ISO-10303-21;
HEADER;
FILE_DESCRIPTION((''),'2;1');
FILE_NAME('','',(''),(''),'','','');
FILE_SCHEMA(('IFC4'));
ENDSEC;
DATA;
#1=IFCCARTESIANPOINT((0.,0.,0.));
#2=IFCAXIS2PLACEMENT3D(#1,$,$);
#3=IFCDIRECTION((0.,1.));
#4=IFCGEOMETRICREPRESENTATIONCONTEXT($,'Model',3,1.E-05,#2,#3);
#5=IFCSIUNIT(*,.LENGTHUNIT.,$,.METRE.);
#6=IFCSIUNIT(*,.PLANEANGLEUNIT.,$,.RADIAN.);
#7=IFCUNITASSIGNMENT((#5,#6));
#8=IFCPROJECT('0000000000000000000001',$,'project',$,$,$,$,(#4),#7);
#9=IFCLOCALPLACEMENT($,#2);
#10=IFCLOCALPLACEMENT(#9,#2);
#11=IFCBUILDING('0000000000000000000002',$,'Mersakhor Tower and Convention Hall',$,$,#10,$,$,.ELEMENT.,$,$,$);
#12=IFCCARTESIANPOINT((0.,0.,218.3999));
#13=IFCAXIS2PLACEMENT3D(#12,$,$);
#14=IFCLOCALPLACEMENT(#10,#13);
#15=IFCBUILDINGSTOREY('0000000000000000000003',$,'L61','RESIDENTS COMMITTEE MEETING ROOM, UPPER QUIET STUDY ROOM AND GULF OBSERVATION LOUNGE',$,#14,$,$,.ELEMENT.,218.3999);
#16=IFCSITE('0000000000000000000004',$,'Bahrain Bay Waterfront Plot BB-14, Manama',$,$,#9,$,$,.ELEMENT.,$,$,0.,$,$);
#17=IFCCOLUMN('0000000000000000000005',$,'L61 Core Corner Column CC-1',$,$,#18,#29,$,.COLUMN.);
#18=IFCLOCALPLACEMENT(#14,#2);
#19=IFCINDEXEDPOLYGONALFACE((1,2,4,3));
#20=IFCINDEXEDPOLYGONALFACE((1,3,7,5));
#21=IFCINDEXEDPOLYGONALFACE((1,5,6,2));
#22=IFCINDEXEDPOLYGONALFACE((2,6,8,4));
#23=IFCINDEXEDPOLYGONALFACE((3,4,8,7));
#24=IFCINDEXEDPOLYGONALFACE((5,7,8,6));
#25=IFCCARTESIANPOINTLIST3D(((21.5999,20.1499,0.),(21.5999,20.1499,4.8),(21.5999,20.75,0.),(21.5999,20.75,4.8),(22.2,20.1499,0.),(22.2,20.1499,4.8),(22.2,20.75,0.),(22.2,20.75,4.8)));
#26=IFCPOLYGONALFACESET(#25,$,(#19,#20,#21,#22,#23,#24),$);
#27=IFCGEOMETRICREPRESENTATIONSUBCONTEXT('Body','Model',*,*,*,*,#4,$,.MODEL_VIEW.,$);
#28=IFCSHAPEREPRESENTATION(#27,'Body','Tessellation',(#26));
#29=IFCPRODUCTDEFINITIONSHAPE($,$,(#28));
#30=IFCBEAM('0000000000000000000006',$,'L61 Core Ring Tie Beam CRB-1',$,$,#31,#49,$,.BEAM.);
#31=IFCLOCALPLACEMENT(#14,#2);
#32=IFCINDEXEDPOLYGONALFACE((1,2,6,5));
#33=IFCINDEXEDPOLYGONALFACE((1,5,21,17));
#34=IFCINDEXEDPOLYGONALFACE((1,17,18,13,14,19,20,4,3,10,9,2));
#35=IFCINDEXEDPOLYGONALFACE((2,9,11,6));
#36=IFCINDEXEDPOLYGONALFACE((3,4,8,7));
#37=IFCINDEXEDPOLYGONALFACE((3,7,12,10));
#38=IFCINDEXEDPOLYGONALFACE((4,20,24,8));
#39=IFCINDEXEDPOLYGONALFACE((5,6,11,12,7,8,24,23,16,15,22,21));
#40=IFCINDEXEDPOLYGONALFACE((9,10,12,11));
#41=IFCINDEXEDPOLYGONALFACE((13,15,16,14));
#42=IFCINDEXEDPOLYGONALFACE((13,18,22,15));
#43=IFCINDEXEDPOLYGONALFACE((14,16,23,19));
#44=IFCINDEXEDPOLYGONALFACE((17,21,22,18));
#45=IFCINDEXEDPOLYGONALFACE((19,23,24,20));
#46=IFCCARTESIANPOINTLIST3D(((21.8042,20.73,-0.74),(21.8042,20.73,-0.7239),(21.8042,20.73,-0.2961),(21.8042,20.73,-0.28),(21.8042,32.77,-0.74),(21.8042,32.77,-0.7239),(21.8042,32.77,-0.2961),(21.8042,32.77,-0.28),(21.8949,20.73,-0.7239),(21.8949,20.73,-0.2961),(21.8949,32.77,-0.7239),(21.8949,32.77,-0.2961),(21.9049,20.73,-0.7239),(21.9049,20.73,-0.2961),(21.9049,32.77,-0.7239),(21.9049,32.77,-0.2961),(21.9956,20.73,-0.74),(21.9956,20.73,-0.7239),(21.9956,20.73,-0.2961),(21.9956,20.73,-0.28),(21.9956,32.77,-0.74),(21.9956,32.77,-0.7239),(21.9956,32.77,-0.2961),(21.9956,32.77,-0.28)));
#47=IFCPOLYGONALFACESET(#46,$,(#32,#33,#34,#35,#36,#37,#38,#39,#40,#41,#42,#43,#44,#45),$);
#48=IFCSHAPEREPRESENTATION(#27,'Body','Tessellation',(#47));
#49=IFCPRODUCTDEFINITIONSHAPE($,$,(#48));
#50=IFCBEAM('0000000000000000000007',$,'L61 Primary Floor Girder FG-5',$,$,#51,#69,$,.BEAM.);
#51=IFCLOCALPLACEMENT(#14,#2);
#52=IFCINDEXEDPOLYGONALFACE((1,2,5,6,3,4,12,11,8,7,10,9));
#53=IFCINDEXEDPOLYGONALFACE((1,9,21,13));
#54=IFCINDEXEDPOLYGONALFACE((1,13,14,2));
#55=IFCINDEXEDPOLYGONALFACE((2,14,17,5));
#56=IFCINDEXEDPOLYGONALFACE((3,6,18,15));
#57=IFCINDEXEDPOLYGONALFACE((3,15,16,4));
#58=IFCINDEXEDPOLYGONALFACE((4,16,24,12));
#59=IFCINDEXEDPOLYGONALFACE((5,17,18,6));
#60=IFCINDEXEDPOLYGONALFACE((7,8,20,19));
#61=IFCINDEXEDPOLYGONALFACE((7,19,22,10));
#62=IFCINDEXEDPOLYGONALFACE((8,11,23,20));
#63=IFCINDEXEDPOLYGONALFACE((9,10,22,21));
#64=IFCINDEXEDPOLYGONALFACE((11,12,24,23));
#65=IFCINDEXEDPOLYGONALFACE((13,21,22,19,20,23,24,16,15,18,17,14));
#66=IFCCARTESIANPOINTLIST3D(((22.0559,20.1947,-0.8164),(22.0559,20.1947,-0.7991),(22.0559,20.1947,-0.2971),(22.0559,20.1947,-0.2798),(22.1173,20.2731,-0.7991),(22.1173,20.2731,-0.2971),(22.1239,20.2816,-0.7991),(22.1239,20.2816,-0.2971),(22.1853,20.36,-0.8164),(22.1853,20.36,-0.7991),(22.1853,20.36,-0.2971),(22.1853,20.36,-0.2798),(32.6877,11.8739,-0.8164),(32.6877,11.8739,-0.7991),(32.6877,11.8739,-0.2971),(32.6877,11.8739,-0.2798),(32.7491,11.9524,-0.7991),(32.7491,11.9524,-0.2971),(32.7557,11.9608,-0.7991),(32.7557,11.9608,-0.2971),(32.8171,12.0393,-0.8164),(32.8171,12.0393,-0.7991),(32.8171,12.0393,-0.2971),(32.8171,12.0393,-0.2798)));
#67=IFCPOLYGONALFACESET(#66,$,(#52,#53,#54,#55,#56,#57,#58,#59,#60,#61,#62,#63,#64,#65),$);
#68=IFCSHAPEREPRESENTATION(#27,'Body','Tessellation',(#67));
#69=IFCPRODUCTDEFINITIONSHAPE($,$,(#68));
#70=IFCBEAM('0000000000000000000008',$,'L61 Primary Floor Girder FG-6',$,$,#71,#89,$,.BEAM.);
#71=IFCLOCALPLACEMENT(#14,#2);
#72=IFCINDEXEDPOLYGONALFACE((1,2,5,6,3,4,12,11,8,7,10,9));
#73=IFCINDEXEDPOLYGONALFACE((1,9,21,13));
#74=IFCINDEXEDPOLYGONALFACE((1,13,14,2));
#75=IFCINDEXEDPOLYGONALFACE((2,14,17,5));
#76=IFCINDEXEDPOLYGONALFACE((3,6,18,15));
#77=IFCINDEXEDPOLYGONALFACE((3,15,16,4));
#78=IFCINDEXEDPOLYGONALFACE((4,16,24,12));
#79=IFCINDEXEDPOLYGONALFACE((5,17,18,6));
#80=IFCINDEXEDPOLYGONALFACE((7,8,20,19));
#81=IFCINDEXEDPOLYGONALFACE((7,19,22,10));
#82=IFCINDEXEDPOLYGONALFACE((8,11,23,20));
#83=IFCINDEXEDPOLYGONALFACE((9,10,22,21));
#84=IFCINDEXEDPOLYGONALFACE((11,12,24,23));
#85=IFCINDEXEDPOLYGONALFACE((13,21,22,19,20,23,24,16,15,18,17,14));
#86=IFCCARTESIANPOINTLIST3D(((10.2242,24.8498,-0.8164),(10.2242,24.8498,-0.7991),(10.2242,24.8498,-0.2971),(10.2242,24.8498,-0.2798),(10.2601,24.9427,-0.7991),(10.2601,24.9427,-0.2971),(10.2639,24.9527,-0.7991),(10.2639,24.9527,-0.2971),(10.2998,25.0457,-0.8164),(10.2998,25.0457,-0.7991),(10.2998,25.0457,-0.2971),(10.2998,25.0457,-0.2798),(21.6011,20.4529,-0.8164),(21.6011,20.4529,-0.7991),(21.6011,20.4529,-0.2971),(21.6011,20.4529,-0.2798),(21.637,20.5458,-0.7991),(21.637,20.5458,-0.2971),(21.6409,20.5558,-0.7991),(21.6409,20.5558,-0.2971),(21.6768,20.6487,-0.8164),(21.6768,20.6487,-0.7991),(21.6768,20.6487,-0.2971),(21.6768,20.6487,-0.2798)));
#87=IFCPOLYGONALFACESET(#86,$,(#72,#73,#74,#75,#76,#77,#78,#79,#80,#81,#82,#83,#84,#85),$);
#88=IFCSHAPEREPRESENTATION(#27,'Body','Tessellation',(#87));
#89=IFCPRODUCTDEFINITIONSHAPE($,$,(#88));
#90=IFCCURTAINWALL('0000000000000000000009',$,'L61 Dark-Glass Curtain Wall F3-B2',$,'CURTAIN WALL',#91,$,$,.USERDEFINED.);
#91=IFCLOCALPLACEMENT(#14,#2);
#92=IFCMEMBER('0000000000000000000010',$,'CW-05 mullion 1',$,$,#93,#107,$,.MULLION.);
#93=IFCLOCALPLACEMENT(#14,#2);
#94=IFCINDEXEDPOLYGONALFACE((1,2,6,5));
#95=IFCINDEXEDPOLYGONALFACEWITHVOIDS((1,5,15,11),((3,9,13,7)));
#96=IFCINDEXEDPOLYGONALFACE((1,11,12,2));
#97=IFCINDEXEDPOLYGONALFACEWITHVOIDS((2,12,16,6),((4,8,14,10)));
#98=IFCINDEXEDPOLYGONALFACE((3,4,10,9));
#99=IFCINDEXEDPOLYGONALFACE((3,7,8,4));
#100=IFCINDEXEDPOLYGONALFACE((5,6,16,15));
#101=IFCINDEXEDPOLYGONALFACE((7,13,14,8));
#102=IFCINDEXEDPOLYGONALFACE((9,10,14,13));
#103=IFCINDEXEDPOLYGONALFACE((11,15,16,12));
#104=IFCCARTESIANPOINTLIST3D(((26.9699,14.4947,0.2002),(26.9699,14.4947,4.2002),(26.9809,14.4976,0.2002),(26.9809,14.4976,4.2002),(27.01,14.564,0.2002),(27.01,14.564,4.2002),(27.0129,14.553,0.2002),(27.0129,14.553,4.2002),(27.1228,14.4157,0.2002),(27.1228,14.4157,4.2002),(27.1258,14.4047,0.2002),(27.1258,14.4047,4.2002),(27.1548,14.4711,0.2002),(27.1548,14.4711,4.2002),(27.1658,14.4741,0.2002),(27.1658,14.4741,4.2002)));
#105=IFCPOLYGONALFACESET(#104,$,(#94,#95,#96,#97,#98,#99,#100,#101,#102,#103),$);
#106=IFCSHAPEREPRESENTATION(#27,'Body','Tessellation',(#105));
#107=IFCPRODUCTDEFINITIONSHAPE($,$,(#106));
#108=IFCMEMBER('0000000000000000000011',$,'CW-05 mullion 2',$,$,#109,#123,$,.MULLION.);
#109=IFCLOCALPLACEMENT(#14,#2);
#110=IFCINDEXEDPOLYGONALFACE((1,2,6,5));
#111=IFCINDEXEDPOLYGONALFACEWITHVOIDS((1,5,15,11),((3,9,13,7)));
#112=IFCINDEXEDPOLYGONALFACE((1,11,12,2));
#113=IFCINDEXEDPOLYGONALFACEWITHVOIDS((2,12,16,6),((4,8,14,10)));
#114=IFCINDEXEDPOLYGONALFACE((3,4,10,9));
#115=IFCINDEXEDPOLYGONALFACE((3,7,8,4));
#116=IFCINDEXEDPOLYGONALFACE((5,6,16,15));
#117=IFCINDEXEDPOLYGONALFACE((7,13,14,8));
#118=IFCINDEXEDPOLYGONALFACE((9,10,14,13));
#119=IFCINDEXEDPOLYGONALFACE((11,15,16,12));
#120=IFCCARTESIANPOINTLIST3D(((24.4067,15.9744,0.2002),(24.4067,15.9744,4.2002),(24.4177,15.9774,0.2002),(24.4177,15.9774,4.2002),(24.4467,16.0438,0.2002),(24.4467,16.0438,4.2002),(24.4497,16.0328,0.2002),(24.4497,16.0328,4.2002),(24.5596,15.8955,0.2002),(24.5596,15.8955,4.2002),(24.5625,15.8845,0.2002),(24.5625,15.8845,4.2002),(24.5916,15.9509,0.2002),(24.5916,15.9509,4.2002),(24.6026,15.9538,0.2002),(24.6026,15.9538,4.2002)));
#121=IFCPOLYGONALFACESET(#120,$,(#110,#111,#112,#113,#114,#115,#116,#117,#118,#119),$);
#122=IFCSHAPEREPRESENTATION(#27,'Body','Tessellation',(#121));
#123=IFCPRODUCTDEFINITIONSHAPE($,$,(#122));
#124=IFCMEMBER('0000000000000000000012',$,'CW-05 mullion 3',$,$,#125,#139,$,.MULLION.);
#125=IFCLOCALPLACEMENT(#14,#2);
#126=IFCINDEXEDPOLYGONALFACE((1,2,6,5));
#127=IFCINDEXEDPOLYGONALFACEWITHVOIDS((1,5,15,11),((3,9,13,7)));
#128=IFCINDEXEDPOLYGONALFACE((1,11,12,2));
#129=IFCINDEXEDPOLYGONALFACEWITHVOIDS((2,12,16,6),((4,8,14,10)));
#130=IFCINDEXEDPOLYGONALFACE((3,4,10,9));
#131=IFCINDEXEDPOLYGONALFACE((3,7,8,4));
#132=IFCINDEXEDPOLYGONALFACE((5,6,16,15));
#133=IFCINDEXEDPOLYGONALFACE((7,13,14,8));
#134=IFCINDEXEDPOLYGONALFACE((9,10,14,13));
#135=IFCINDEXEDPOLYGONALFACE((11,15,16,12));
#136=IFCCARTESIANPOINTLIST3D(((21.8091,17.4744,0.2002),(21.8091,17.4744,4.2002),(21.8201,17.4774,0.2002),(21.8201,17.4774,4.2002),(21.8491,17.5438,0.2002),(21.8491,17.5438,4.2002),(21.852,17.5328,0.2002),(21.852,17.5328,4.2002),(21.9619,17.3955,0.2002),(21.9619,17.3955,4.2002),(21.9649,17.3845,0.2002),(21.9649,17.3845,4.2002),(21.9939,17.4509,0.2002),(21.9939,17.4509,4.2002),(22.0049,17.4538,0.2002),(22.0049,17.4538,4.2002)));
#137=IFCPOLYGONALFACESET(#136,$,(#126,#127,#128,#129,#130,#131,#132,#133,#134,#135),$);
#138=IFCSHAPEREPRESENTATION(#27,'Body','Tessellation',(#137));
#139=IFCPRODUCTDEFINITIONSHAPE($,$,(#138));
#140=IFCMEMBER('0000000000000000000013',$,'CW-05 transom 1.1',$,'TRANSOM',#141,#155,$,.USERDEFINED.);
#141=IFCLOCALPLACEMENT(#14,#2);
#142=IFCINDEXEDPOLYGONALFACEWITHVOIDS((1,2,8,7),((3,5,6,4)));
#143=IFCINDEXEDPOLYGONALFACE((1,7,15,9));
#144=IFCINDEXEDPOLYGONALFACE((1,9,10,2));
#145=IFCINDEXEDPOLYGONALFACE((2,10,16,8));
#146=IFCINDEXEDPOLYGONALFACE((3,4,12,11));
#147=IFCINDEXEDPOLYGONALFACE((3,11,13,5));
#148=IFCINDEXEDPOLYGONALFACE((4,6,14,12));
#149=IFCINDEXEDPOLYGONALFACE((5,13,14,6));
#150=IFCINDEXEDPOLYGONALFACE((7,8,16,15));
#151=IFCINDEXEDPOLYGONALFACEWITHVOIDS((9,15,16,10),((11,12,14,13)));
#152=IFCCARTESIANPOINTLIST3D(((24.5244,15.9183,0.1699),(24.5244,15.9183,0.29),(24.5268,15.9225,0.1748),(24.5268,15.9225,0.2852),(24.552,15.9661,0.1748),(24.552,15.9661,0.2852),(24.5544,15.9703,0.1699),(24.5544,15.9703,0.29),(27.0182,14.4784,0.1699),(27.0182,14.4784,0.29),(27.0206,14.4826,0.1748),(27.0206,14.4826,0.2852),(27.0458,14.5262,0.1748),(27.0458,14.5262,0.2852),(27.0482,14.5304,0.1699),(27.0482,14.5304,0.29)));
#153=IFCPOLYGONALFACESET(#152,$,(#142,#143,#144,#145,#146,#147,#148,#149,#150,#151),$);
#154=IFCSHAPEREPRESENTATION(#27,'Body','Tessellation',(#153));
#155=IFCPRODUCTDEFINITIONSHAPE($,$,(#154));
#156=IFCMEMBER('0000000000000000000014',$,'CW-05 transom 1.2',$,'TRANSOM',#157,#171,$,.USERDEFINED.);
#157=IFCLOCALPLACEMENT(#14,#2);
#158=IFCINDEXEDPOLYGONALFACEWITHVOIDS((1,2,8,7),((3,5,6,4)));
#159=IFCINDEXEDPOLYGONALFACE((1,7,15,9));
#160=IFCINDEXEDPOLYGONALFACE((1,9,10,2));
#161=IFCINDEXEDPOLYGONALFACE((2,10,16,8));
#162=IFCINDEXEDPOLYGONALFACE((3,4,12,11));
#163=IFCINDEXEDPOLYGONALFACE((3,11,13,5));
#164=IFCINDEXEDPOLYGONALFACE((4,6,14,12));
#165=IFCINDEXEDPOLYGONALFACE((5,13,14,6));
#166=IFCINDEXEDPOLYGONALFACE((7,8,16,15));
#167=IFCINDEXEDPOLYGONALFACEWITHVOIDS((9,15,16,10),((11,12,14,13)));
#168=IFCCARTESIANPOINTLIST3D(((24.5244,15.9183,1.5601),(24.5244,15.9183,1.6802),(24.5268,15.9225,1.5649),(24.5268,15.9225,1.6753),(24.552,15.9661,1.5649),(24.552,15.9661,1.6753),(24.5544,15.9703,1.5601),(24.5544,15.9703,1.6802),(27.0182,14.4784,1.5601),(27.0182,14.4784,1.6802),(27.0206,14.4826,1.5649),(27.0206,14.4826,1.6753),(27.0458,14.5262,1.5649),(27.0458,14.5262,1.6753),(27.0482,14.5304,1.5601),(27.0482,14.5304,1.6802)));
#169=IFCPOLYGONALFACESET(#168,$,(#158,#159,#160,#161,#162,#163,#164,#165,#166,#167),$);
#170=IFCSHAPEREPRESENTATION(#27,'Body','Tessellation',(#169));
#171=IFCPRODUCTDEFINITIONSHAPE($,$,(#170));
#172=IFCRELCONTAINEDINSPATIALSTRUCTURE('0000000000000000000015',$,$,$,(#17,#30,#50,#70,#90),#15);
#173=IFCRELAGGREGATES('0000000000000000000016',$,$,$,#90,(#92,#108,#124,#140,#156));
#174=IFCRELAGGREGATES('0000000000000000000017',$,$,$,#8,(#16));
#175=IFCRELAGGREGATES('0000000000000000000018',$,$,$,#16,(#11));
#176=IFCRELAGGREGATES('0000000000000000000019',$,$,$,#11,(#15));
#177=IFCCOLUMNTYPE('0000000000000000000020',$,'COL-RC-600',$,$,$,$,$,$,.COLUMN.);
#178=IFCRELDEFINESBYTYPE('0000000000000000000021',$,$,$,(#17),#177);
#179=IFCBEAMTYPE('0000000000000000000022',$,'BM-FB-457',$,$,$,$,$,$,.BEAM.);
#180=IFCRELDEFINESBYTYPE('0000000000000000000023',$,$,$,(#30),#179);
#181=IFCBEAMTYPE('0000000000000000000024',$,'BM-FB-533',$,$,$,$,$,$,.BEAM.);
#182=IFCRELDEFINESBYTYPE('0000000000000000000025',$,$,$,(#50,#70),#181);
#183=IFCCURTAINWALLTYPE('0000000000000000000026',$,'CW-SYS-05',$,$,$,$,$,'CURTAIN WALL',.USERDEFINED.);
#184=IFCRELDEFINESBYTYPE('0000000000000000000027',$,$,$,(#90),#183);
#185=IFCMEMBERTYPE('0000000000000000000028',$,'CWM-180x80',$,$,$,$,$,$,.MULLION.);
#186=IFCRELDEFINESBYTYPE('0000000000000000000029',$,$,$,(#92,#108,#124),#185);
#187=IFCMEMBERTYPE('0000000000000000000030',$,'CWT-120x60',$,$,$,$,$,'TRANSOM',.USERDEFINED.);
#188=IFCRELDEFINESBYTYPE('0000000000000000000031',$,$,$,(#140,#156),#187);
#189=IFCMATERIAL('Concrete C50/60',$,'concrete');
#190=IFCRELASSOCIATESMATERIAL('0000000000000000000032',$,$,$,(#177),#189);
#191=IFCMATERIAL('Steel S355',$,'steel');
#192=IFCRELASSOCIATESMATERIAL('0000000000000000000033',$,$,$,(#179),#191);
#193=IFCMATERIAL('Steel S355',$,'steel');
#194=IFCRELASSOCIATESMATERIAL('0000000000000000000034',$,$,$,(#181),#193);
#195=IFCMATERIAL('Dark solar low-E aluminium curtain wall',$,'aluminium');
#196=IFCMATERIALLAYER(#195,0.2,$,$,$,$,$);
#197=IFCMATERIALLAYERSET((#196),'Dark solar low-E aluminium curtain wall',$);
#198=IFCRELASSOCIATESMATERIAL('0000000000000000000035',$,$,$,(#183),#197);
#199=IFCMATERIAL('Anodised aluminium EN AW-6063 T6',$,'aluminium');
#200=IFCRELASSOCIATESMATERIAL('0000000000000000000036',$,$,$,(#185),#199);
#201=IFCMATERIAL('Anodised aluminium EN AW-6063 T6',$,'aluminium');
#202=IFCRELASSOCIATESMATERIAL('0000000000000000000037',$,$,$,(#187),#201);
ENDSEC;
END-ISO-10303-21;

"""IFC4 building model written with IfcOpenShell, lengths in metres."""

from ifc_helpers import new_model, si_unit, direction, frame, origin, origin_2d, place, context, subcontext, project, spatial, rectangle, hollow_rectangle, i_section, extrude, material, layer, layer_set, material_profile, profile_set, type_object, element, aggregate, save


model = new_model("IFC4")

# Units and contexts
model_context = context("Model", 3, precision=1e-05, world=origin(), true_north=direction((0.0, 1.0)))
body_context = subcontext(model_context, "Body", "Model", "MODEL_VIEW")
ifc_project = project(units=[si_unit("LENGTHUNIT", "METRE"), si_unit("PLANEANGLEUNIT", "RADIAN")], contexts=[model_context])

# Site, building, storey
site_placement = place(None, origin())
site = spatial("IfcSite", under=ifc_project, at=site_placement, Name="Bahrain Bay Waterfront Plot BB-14, Manama", CompositionType="ELEMENT", RefElevation=0.0)
building_placement = place(site_placement, origin())
building = spatial("IfcBuilding", under=site, at=building_placement, Name="Mersakhor Tower and Convention Hall", CompositionType="ELEMENT")
storey_placement = place(building_placement, frame((0.0, 0.0, 218.3999)))
storey = spatial("IfcBuildingStorey", under=building, at=storey_placement, Name="L61", Description="RESIDENTS COMMITTEE MEETING ROOM, UPPER QUIET STUDY ROOM AND GULF OBSERVATION LOUNGE", CompositionType="ELEMENT", Elevation=218.3999)

# Column
ifc_material_1 = material(Name="Concrete C50/60", Category="concrete")
ifc_material_profile_1 = material_profile(ifc_material_1, rectangle(XDim=0.6001, YDim=0.6001, at=origin_2d()), Name="RC 600x600")
ifc_profile_set_1 = profile_set([ifc_material_profile_1], Name="Concrete C50/60")
column_type = type_object("IfcColumnType", Name="COL-RC-600", PredefinedType="COLUMN", material=ifc_profile_set_1)
column_placement = place(storey_placement, frame((21.8999, 20.45, 0.0), z_axis=(0.0, 0.0, 1.0), x_axis=(1.0, 0.0, 0.0)))
element("IfcColumn", 1, at=column_placement, inside=storey, type_object=column_type, Name="L61 Core Corner Column CC-1", PredefinedType="COLUMN", context=body_context, shape_type="SweptSolid", body=[
    extrude(rectangle(XDim=0.6001, YDim=0.6001, at=origin_2d()), origin(), (0.0, 0.0, 1.0), 4.8),
])

# Beams
ifc_material_2 = material(Name="Steel S355", Category="steel")
ifc_material_profile_2 = material_profile(ifc_material_2, i_section(OverallWidth=0.1914, OverallDepth=0.46, WebThickness=0.01, FlangeThickness=0.0161, at=origin_2d()), Name="UB 457x191x82")
ifc_profile_set_2 = profile_set([ifc_material_profile_2], Name="Steel S355")
beam_type_1 = type_object("IfcBeamType", Name="BM-FB-457", PredefinedType="BEAM", material=ifc_profile_set_2)
beam_1_placement = place(storey_placement, frame((21.8999, 20.73, -0.51), z_axis=(0.0, 1.0, 0.0), x_axis=(-1.0, 0.0, 0.0)))
element("IfcBeam", 2, at=beam_1_placement, inside=storey, type_object=beam_type_1, Name="L61 Core Ring Tie Beam CRB-1", PredefinedType="BEAM", context=body_context, shape_type="SweptSolid", body=[
    extrude(i_section(OverallWidth=0.1914, OverallDepth=0.46, WebThickness=0.01, FlangeThickness=0.0161, at=origin_2d()), origin(), (0.0, 0.0, 1.0), 12.04),
])
ifc_material_3 = material(Name="Steel S355", Category="steel")
ifc_material_profile_3 = material_profile(ifc_material_3, i_section(OverallWidth=0.21, OverallDepth=0.5366, WebThickness=0.0107, FlangeThickness=0.0173, at=origin_2d()), Name="UB 533x210x101")
ifc_profile_set_3 = profile_set([ifc_material_profile_3], Name="Steel S355")
beam_type_2 = type_object("IfcBeamType", Name="BM-FB-533", PredefinedType="BEAM", material=ifc_profile_set_3)
beam_2_placement = place(storey_placement, frame((22.1206, 20.2773, -0.5481), z_axis=(0.787497, -0.616319, 0.0), x_axis=(0.616319, 0.787497, 0.0)))
element("IfcBeam", 3, at=beam_2_placement, inside=storey, type_object=beam_type_2, Name="L61 Primary Floor Girder FG-5", PredefinedType="BEAM", context=body_context, shape_type="SweptSolid", body=[
    extrude(i_section(OverallWidth=0.21, OverallDepth=0.5366, WebThickness=0.0107, FlangeThickness=0.0173, at=origin_2d()), origin(), (0.0, 0.0, 1.0), 13.5007),
])
beam_3_placement = place(storey_placement, frame((21.6389, 20.5508, -0.5481), z_axis=(-0.932761, 0.360494, 0.0), x_axis=(-0.360494, -0.932761, 0.0)))
element("IfcBeam", 4, at=beam_3_placement, inside=storey, type_object=beam_type_2, Name="L61 Primary Floor Girder FG-6", PredefinedType="BEAM", context=body_context, shape_type="SweptSolid", body=[
    extrude(i_section(OverallWidth=0.21, OverallDepth=0.5366, WebThickness=0.0107, FlangeThickness=0.0173, at=origin_2d()), origin(), (0.0, 0.0, 1.0), 12.197),
])

# Curtain wall, members
ifc_material_4 = material(Name="Dark solar low-E aluminium curtain wall", Category="aluminium")
ifc_layer_1 = layer(ifc_material_4, 0.2)
ifc_layer_set_1 = layer_set([ifc_layer_1], Name="Dark solar low-E aluminium curtain wall")
curtain_wall_type = type_object("IfcCurtainWallType", Name="CW-SYS-05", ElementType="CURTAIN WALL", PredefinedType="USERDEFINED", material=ifc_layer_set_1)
curtain_wall_placement = place(storey_placement, origin())
curtain_wall = element("IfcCurtainWall", 5, at=curtain_wall_placement, inside=storey, type_object=curtain_wall_type, Name="L61 Dark-Glass Curtain Wall F3-B2", ObjectType="CURTAIN WALL", PredefinedType="USERDEFINED")
ifc_material_5 = material(Name="Anodised aluminium EN AW-6063 T6", Category="aluminium")
ifc_material_profile_4 = material_profile(ifc_material_5, hollow_rectangle(XDim=0.0801, YDim=0.1799, WallThickness=0.0081, at=origin_2d()), Name="RHS 180x80x8")
ifc_profile_set_4 = profile_set([ifc_material_profile_4], Name="Anodised aluminium EN AW-6063 T6")
member_type_1 = type_object("IfcMemberType", Name="CWM-180x80", PredefinedType="MULLION", material=ifc_profile_set_4)
member_1_placement = place(storey_placement, frame((27.0679, 14.4844, 0.2002), z_axis=(0.0, 0.0, 1.0), x_axis=(-0.500008, -0.866021, 0.0)))
member_1 = element("IfcMember", 6, at=member_1_placement, type_object=member_type_1, Name="CW-05 mullion 1", PredefinedType="MULLION", context=body_context, shape_type="SweptSolid", body=[
    extrude(hollow_rectangle(XDim=0.0801, YDim=0.1799, WallThickness=0.0081, at=origin_2d()), origin(), (0.0, 0.0, 1.0), 4.0),
])
member_2_placement = place(storey_placement, frame((24.5046, 15.9641, 0.2002), z_axis=(0.0, 0.0, 1.0), x_axis=(-0.500008, -0.866021, 0.0)))
member_2 = element("IfcMember", 7, at=member_2_placement, type_object=member_type_1, Name="CW-05 mullion 2", PredefinedType="MULLION", context=body_context, shape_type="SweptSolid", body=[
    extrude(hollow_rectangle(XDim=0.0801, YDim=0.1799, WallThickness=0.0081, at=origin_2d()), origin(), (0.0, 0.0, 1.0), 4.0),
])
member_3_placement = place(storey_placement, frame((21.907, 17.4641, 0.2002), z_axis=(0.0, 0.0, 1.0), x_axis=(-0.500008, -0.866021, 0.0)))
member_3 = element("IfcMember", 8, at=member_3_placement, type_object=member_type_1, Name="CW-05 mullion 3", PredefinedType="MULLION", context=body_context, shape_type="SweptSolid", body=[
    extrude(hollow_rectangle(XDim=0.0801, YDim=0.1799, WallThickness=0.0081, at=origin_2d()), origin(), (0.0, 0.0, 1.0), 4.0),
])
ifc_material_6 = material(Name="Anodised aluminium EN AW-6063 T6", Category="aluminium")
ifc_material_profile_5 = material_profile(ifc_material_6, hollow_rectangle(XDim=0.0601, YDim=0.1201, WallThickness=0.0049, at=origin_2d()), Name="RHS 120x60x5")
ifc_profile_set_5 = profile_set([ifc_material_profile_5], Name="Anodised aluminium EN AW-6063 T6")
member_type_2 = type_object("IfcMemberType", Name="CWT-120x60", ElementType="TRANSOM", PredefinedType="USERDEFINED", material=ifc_profile_set_5)
member_4_placement = place(storey_placement, frame((27.0332, 14.5044, 0.23), z_axis=(-0.866012, 0.500023, 0.0), x_axis=(-0.500023, -0.866012, 0.0)))
member_4 = element("IfcMember", 9, at=member_4_placement, type_object=member_type_2, Name="CW-05 transom 1.1", ObjectType="TRANSOM", PredefinedType="USERDEFINED", context=body_context, shape_type="SweptSolid", body=[
    extrude(hollow_rectangle(XDim=0.0601, YDim=0.1201, WallThickness=0.0049, at=origin_2d()), origin(), (0.0, 0.0, 1.0), 2.8796),
])
member_5_placement = place(storey_placement, frame((27.0332, 14.5044, 1.6201), z_axis=(-0.866012, 0.500023, 0.0), x_axis=(-0.500023, -0.866012, 0.0)))
member_5 = element("IfcMember", 10, at=member_5_placement, type_object=member_type_2, Name="CW-05 transom 1.2", ObjectType="TRANSOM", PredefinedType="USERDEFINED", context=body_context, shape_type="SweptSolid", body=[
    extrude(hollow_rectangle(XDim=0.0601, YDim=0.1201, WallThickness=0.0049, at=origin_2d()), origin(), (0.0, 0.0, 1.0), 2.8796),
])
aggregate(curtain_wall, [member_1, member_2, member_3, member_4, member_5])

save(model, "model.ifc")
